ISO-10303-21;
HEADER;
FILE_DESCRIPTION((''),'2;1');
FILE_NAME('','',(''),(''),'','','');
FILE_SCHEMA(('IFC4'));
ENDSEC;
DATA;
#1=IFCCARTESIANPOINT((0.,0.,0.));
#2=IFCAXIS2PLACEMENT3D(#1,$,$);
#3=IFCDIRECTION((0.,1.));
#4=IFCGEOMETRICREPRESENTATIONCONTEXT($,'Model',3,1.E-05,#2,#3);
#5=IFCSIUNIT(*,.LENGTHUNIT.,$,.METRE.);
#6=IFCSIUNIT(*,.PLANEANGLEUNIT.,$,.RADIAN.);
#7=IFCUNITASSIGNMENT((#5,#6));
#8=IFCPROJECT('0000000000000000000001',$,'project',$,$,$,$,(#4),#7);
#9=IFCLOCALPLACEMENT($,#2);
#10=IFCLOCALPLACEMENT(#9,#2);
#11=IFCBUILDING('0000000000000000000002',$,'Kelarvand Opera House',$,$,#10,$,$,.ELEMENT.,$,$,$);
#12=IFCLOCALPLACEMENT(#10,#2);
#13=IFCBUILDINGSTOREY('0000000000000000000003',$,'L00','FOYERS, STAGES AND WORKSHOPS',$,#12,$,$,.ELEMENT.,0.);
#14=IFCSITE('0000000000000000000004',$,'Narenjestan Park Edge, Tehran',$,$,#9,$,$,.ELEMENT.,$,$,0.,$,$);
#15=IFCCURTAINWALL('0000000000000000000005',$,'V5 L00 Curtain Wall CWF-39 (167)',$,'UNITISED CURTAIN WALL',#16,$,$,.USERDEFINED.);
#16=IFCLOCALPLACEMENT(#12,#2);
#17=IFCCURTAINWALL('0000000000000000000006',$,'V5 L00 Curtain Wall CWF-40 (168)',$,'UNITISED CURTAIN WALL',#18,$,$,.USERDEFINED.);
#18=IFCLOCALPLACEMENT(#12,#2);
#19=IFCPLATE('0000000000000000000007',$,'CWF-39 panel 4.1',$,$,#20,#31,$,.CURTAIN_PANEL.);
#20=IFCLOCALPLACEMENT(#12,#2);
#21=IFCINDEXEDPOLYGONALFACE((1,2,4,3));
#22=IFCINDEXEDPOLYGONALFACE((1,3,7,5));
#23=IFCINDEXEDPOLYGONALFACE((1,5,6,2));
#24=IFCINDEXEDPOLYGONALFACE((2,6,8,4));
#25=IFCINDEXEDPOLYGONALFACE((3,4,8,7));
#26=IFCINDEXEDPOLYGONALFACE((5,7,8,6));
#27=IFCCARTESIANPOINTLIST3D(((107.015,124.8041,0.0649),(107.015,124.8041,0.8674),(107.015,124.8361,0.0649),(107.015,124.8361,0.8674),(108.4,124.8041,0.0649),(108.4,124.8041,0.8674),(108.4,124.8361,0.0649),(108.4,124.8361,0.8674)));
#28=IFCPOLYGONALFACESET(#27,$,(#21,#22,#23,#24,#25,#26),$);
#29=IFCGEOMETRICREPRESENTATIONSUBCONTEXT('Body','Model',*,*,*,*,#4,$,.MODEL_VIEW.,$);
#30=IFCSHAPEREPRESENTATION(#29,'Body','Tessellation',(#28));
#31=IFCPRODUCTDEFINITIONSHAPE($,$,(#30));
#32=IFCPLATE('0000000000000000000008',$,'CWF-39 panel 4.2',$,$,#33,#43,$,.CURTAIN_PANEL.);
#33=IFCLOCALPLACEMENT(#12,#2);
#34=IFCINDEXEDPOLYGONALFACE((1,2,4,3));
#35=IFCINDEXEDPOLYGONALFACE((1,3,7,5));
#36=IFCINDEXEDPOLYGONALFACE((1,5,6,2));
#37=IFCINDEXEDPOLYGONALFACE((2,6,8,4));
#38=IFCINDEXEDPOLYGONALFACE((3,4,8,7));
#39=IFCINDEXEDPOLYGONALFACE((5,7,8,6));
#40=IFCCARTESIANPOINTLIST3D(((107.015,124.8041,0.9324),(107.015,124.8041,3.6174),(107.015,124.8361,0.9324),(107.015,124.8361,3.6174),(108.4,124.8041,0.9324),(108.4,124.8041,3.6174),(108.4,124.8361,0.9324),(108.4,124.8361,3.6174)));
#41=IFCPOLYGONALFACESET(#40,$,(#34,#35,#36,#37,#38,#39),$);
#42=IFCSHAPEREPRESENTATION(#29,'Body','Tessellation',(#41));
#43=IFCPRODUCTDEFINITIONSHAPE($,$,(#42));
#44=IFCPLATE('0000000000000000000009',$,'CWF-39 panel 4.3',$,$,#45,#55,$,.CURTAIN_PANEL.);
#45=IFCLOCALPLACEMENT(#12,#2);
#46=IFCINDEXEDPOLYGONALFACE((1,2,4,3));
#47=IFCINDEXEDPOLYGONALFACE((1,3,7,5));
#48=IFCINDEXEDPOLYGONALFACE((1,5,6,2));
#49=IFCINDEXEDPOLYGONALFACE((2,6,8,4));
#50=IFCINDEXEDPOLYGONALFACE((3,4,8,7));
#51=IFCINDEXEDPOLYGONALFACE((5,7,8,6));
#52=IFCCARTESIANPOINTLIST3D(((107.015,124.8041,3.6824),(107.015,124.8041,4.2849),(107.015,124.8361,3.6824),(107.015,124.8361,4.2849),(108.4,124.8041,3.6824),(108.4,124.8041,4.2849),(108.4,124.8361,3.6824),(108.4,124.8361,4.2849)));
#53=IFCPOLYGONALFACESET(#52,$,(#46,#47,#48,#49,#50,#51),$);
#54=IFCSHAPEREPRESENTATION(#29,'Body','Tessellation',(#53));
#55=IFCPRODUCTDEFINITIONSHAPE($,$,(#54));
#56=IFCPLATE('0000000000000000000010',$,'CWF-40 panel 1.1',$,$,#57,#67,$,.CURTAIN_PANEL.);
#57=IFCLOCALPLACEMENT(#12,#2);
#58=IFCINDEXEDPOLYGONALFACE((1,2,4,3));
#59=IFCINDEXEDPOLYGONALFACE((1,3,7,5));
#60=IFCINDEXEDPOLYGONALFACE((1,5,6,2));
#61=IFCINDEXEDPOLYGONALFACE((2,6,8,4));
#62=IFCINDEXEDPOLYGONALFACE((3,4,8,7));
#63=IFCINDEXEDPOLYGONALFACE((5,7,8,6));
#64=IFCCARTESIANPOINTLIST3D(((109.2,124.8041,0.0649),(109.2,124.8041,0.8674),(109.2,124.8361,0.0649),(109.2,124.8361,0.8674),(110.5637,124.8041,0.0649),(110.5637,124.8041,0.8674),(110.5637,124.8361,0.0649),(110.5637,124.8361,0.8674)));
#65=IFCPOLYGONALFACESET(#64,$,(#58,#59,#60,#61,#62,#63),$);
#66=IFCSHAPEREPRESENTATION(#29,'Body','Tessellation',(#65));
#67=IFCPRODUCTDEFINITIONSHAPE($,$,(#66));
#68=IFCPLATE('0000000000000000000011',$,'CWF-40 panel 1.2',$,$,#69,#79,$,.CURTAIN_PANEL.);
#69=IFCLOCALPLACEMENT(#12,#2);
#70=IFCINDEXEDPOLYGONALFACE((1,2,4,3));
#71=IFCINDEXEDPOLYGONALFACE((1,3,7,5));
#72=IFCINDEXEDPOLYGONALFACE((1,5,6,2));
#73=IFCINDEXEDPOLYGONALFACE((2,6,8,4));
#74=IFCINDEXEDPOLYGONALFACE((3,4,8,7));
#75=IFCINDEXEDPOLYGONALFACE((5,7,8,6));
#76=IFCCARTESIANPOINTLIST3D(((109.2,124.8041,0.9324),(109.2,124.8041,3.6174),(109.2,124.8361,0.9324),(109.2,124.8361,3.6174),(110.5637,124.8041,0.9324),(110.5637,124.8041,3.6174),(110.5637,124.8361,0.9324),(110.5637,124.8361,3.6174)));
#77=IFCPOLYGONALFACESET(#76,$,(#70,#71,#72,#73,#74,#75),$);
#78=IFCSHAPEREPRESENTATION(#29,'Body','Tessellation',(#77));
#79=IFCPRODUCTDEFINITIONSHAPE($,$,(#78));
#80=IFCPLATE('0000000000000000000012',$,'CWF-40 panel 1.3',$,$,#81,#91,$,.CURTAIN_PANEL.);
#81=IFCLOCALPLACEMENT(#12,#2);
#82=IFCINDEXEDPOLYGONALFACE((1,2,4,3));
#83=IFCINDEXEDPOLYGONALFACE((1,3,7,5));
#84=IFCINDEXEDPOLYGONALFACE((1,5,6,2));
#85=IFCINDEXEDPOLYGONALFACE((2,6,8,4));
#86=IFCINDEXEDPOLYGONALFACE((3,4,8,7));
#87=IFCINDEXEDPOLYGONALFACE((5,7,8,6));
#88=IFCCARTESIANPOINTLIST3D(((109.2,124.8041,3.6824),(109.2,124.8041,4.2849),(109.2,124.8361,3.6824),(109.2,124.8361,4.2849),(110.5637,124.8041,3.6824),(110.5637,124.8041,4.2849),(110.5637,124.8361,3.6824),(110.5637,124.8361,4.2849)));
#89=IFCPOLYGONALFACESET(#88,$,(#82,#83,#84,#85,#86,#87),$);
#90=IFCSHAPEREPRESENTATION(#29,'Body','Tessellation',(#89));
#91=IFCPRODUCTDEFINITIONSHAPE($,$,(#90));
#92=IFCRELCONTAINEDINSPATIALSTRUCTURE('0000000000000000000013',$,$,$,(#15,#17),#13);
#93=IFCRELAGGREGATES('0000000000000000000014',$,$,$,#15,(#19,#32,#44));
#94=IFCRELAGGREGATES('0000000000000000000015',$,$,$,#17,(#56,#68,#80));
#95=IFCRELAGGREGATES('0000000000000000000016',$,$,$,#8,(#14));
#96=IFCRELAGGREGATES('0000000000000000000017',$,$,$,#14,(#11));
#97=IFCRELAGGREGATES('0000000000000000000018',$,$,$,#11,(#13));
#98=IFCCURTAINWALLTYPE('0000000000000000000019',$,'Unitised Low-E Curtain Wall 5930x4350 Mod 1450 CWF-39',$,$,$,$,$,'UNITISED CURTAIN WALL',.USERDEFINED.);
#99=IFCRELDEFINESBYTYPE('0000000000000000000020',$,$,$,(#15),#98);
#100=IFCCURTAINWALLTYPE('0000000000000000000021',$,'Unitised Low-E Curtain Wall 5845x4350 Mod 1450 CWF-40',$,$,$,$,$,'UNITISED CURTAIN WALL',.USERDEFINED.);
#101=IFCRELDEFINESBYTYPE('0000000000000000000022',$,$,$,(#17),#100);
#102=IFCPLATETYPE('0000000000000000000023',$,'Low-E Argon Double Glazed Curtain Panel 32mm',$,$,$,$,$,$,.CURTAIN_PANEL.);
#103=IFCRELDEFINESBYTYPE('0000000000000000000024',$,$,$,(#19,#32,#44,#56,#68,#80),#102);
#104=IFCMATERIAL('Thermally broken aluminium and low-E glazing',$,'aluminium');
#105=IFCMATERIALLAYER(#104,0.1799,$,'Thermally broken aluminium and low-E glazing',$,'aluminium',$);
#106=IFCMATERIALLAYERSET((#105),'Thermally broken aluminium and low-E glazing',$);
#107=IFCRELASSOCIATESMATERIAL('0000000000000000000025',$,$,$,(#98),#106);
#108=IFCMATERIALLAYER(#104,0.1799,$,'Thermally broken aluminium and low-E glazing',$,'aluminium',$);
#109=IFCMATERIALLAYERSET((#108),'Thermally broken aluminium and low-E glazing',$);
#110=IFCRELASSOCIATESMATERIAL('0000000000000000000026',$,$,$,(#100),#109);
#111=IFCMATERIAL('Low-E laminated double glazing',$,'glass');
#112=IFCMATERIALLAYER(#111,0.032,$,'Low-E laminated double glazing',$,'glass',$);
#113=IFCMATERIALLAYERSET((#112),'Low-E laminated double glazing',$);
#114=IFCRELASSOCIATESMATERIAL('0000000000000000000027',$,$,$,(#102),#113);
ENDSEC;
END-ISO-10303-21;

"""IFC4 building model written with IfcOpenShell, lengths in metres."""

from ifc_helpers import new_model, si_unit, direction, frame, origin, origin_2d, place, context, subcontext, project, spatial, rectangle, extrude, material, layer, layer_set, type_object, element, aggregate, save


model = new_model("IFC4")

# Units and contexts
model_context = context("Model", 3, precision=1e-05, world=origin(), true_north=direction((0.0, 1.0)))
body_context = subcontext(model_context, "Body", "Model", "MODEL_VIEW")
ifc_project = project(units=[si_unit("LENGTHUNIT", "METRE"), si_unit("PLANEANGLEUNIT", "RADIAN")], contexts=[model_context])

# Site, building, storey
site_placement = place(None, origin())
site = spatial("IfcSite", under=ifc_project, at=site_placement, Name="Narenjestan Park Edge, Tehran", CompositionType="ELEMENT", RefElevation=0.0)
building_placement = place(site_placement, origin())
building = spatial("IfcBuilding", under=site, at=building_placement, Name="Kelarvand Opera House", CompositionType="ELEMENT")
storey_placement = place(building_placement, origin())
storey = spatial("IfcBuildingStorey", under=building, at=storey_placement, Name="L00", Description="FOYERS, STAGES AND WORKSHOPS", CompositionType="ELEMENT", Elevation=0.0)

# Curtain wall
ifc_material_1 = material(Name="Thermally broken aluminium and low-E glazing", Category="aluminium")
ifc_layer_1 = layer(ifc_material_1, 0.1799, Name="Thermally broken aluminium and low-E glazing", Category="aluminium")
ifc_layer_set_1 = layer_set([ifc_layer_1], Name="Thermally broken aluminium and low-E glazing")
curtain_wall_type_1 = type_object("IfcCurtainWallType", Name="Unitised Low-E Curtain Wall 5930x4350 Mod 1450 CWF-39", ElementType="UNITISED CURTAIN WALL", PredefinedType="USERDEFINED", material=ifc_layer_set_1)
curtain_wall_1_placement = place(storey_placement, origin())
curtain_wall_1 = element("IfcCurtainWall", 1, at=curtain_wall_1_placement, inside=storey, type_object=curtain_wall_type_1, Name="V5 L00 Curtain Wall CWF-39 (167)", ObjectType="UNITISED CURTAIN WALL", PredefinedType="USERDEFINED")

# Curtain wall
ifc_layer_2 = layer(ifc_material_1, 0.1799, Name="Thermally broken aluminium and low-E glazing", Category="aluminium")
ifc_layer_set_2 = layer_set([ifc_layer_2], Name="Thermally broken aluminium and low-E glazing")
curtain_wall_type_2 = type_object("IfcCurtainWallType", Name="Unitised Low-E Curtain Wall 5845x4350 Mod 1450 CWF-40", ElementType="UNITISED CURTAIN WALL", PredefinedType="USERDEFINED", material=ifc_layer_set_2)
curtain_wall_2_placement = place(storey_placement, origin())
curtain_wall_2 = element("IfcCurtainWall", 2, at=curtain_wall_2_placement, inside=storey, type_object=curtain_wall_type_2, Name="V5 L00 Curtain Wall CWF-40 (168)", ObjectType="UNITISED CURTAIN WALL", PredefinedType="USERDEFINED")

# Plates
ifc_material_2 = material(Name="Low-E laminated double glazing", Category="glass")
ifc_layer_3 = layer(ifc_material_2, 0.032, Name="Low-E laminated double glazing", Category="glass")
ifc_layer_set_3 = layer_set([ifc_layer_3], Name="Low-E laminated double glazing")
plate_type = type_object("IfcPlateType", Name="Low-E Argon Double Glazed Curtain Panel 32mm", PredefinedType="CURTAIN_PANEL", material=ifc_layer_set_3)
plate_1_placement = place(storey_placement, frame((107.7075, 124.8201, 0.0649), z_axis=(0.0, 0.0, 1.0), x_axis=(1.0, 0.0, 0.0)))
plate_1 = element("IfcPlate", 3, at=plate_1_placement, type_object=plate_type, Name="CWF-39 panel 4.1", PredefinedType="CURTAIN_PANEL", context=body_context, shape_type="SweptSolid", body=[
    extrude(rectangle(XDim=1.385, YDim=0.032, at=origin_2d()), origin(), (0.0, 0.0, 1.0), 0.8025),
])
plate_2_placement = place(storey_placement, frame((107.7075, 124.8201, 0.9324), z_axis=(0.0, 0.0, 1.0), x_axis=(1.0, 0.0, 0.0)))
plate_2 = element("IfcPlate", 4, at=plate_2_placement, type_object=plate_type, Name="CWF-39 panel 4.2", PredefinedType="CURTAIN_PANEL", context=body_context, shape_type="SweptSolid", body=[
    extrude(rectangle(XDim=1.385, YDim=0.032, at=origin_2d()), origin(), (0.0, 0.0, 1.0), 2.6851),
])
plate_3_placement = place(storey_placement, frame((107.7075, 124.8201, 3.6824), z_axis=(0.0, 0.0, 1.0), x_axis=(1.0, 0.0, 0.0)))
plate_3 = element("IfcPlate", 5, at=plate_3_placement, type_object=plate_type, Name="CWF-39 panel 4.3", PredefinedType="CURTAIN_PANEL", context=body_context, shape_type="SweptSolid", body=[
    extrude(rectangle(XDim=1.385, YDim=0.032, at=origin_2d()), origin(), (0.0, 0.0, 1.0), 0.6025),
])
aggregate(curtain_wall_1, [plate_1, plate_2, plate_3])
plate_4_placement = place(storey_placement, frame((109.8818, 124.8201, 0.0649), z_axis=(0.0, 0.0, 1.0), x_axis=(1.0, 0.0, 0.0)))
plate_4 = element("IfcPlate", 6, at=plate_4_placement, type_object=plate_type, Name="CWF-40 panel 1.1", PredefinedType="CURTAIN_PANEL", context=body_context, shape_type="SweptSolid", body=[
    extrude(rectangle(XDim=1.3638, YDim=0.032, at=origin_2d()), origin(), (0.0, 0.0, 1.0), 0.8025),
])
plate_5_placement = place(storey_placement, frame((109.8818, 124.8201, 0.9324), z_axis=(0.0, 0.0, 1.0), x_axis=(1.0, 0.0, 0.0)))
plate_5 = element("IfcPlate", 7, at=plate_5_placement, type_object=plate_type, Name="CWF-40 panel 1.2", PredefinedType="CURTAIN_PANEL", context=body_context, shape_type="SweptSolid", body=[
    extrude(rectangle(XDim=1.3638, YDim=0.032, at=origin_2d()), origin(), (0.0, 0.0, 1.0), 2.6851),
])
plate_6_placement = place(storey_placement, frame((109.8818, 124.8201, 3.6824), z_axis=(0.0, 0.0, 1.0), x_axis=(1.0, 0.0, 0.0)))
plate_6 = element("IfcPlate", 8, at=plate_6_placement, type_object=plate_type, Name="CWF-40 panel 1.3", PredefinedType="CURTAIN_PANEL", context=body_context, shape_type="SweptSolid", body=[
    extrude(rectangle(XDim=1.3638, YDim=0.032, at=origin_2d()), origin(), (0.0, 0.0, 1.0), 0.6025),
])
aggregate(curtain_wall_2, [plate_4, plate_5, plate_6])

save(model, "model.ifc")
